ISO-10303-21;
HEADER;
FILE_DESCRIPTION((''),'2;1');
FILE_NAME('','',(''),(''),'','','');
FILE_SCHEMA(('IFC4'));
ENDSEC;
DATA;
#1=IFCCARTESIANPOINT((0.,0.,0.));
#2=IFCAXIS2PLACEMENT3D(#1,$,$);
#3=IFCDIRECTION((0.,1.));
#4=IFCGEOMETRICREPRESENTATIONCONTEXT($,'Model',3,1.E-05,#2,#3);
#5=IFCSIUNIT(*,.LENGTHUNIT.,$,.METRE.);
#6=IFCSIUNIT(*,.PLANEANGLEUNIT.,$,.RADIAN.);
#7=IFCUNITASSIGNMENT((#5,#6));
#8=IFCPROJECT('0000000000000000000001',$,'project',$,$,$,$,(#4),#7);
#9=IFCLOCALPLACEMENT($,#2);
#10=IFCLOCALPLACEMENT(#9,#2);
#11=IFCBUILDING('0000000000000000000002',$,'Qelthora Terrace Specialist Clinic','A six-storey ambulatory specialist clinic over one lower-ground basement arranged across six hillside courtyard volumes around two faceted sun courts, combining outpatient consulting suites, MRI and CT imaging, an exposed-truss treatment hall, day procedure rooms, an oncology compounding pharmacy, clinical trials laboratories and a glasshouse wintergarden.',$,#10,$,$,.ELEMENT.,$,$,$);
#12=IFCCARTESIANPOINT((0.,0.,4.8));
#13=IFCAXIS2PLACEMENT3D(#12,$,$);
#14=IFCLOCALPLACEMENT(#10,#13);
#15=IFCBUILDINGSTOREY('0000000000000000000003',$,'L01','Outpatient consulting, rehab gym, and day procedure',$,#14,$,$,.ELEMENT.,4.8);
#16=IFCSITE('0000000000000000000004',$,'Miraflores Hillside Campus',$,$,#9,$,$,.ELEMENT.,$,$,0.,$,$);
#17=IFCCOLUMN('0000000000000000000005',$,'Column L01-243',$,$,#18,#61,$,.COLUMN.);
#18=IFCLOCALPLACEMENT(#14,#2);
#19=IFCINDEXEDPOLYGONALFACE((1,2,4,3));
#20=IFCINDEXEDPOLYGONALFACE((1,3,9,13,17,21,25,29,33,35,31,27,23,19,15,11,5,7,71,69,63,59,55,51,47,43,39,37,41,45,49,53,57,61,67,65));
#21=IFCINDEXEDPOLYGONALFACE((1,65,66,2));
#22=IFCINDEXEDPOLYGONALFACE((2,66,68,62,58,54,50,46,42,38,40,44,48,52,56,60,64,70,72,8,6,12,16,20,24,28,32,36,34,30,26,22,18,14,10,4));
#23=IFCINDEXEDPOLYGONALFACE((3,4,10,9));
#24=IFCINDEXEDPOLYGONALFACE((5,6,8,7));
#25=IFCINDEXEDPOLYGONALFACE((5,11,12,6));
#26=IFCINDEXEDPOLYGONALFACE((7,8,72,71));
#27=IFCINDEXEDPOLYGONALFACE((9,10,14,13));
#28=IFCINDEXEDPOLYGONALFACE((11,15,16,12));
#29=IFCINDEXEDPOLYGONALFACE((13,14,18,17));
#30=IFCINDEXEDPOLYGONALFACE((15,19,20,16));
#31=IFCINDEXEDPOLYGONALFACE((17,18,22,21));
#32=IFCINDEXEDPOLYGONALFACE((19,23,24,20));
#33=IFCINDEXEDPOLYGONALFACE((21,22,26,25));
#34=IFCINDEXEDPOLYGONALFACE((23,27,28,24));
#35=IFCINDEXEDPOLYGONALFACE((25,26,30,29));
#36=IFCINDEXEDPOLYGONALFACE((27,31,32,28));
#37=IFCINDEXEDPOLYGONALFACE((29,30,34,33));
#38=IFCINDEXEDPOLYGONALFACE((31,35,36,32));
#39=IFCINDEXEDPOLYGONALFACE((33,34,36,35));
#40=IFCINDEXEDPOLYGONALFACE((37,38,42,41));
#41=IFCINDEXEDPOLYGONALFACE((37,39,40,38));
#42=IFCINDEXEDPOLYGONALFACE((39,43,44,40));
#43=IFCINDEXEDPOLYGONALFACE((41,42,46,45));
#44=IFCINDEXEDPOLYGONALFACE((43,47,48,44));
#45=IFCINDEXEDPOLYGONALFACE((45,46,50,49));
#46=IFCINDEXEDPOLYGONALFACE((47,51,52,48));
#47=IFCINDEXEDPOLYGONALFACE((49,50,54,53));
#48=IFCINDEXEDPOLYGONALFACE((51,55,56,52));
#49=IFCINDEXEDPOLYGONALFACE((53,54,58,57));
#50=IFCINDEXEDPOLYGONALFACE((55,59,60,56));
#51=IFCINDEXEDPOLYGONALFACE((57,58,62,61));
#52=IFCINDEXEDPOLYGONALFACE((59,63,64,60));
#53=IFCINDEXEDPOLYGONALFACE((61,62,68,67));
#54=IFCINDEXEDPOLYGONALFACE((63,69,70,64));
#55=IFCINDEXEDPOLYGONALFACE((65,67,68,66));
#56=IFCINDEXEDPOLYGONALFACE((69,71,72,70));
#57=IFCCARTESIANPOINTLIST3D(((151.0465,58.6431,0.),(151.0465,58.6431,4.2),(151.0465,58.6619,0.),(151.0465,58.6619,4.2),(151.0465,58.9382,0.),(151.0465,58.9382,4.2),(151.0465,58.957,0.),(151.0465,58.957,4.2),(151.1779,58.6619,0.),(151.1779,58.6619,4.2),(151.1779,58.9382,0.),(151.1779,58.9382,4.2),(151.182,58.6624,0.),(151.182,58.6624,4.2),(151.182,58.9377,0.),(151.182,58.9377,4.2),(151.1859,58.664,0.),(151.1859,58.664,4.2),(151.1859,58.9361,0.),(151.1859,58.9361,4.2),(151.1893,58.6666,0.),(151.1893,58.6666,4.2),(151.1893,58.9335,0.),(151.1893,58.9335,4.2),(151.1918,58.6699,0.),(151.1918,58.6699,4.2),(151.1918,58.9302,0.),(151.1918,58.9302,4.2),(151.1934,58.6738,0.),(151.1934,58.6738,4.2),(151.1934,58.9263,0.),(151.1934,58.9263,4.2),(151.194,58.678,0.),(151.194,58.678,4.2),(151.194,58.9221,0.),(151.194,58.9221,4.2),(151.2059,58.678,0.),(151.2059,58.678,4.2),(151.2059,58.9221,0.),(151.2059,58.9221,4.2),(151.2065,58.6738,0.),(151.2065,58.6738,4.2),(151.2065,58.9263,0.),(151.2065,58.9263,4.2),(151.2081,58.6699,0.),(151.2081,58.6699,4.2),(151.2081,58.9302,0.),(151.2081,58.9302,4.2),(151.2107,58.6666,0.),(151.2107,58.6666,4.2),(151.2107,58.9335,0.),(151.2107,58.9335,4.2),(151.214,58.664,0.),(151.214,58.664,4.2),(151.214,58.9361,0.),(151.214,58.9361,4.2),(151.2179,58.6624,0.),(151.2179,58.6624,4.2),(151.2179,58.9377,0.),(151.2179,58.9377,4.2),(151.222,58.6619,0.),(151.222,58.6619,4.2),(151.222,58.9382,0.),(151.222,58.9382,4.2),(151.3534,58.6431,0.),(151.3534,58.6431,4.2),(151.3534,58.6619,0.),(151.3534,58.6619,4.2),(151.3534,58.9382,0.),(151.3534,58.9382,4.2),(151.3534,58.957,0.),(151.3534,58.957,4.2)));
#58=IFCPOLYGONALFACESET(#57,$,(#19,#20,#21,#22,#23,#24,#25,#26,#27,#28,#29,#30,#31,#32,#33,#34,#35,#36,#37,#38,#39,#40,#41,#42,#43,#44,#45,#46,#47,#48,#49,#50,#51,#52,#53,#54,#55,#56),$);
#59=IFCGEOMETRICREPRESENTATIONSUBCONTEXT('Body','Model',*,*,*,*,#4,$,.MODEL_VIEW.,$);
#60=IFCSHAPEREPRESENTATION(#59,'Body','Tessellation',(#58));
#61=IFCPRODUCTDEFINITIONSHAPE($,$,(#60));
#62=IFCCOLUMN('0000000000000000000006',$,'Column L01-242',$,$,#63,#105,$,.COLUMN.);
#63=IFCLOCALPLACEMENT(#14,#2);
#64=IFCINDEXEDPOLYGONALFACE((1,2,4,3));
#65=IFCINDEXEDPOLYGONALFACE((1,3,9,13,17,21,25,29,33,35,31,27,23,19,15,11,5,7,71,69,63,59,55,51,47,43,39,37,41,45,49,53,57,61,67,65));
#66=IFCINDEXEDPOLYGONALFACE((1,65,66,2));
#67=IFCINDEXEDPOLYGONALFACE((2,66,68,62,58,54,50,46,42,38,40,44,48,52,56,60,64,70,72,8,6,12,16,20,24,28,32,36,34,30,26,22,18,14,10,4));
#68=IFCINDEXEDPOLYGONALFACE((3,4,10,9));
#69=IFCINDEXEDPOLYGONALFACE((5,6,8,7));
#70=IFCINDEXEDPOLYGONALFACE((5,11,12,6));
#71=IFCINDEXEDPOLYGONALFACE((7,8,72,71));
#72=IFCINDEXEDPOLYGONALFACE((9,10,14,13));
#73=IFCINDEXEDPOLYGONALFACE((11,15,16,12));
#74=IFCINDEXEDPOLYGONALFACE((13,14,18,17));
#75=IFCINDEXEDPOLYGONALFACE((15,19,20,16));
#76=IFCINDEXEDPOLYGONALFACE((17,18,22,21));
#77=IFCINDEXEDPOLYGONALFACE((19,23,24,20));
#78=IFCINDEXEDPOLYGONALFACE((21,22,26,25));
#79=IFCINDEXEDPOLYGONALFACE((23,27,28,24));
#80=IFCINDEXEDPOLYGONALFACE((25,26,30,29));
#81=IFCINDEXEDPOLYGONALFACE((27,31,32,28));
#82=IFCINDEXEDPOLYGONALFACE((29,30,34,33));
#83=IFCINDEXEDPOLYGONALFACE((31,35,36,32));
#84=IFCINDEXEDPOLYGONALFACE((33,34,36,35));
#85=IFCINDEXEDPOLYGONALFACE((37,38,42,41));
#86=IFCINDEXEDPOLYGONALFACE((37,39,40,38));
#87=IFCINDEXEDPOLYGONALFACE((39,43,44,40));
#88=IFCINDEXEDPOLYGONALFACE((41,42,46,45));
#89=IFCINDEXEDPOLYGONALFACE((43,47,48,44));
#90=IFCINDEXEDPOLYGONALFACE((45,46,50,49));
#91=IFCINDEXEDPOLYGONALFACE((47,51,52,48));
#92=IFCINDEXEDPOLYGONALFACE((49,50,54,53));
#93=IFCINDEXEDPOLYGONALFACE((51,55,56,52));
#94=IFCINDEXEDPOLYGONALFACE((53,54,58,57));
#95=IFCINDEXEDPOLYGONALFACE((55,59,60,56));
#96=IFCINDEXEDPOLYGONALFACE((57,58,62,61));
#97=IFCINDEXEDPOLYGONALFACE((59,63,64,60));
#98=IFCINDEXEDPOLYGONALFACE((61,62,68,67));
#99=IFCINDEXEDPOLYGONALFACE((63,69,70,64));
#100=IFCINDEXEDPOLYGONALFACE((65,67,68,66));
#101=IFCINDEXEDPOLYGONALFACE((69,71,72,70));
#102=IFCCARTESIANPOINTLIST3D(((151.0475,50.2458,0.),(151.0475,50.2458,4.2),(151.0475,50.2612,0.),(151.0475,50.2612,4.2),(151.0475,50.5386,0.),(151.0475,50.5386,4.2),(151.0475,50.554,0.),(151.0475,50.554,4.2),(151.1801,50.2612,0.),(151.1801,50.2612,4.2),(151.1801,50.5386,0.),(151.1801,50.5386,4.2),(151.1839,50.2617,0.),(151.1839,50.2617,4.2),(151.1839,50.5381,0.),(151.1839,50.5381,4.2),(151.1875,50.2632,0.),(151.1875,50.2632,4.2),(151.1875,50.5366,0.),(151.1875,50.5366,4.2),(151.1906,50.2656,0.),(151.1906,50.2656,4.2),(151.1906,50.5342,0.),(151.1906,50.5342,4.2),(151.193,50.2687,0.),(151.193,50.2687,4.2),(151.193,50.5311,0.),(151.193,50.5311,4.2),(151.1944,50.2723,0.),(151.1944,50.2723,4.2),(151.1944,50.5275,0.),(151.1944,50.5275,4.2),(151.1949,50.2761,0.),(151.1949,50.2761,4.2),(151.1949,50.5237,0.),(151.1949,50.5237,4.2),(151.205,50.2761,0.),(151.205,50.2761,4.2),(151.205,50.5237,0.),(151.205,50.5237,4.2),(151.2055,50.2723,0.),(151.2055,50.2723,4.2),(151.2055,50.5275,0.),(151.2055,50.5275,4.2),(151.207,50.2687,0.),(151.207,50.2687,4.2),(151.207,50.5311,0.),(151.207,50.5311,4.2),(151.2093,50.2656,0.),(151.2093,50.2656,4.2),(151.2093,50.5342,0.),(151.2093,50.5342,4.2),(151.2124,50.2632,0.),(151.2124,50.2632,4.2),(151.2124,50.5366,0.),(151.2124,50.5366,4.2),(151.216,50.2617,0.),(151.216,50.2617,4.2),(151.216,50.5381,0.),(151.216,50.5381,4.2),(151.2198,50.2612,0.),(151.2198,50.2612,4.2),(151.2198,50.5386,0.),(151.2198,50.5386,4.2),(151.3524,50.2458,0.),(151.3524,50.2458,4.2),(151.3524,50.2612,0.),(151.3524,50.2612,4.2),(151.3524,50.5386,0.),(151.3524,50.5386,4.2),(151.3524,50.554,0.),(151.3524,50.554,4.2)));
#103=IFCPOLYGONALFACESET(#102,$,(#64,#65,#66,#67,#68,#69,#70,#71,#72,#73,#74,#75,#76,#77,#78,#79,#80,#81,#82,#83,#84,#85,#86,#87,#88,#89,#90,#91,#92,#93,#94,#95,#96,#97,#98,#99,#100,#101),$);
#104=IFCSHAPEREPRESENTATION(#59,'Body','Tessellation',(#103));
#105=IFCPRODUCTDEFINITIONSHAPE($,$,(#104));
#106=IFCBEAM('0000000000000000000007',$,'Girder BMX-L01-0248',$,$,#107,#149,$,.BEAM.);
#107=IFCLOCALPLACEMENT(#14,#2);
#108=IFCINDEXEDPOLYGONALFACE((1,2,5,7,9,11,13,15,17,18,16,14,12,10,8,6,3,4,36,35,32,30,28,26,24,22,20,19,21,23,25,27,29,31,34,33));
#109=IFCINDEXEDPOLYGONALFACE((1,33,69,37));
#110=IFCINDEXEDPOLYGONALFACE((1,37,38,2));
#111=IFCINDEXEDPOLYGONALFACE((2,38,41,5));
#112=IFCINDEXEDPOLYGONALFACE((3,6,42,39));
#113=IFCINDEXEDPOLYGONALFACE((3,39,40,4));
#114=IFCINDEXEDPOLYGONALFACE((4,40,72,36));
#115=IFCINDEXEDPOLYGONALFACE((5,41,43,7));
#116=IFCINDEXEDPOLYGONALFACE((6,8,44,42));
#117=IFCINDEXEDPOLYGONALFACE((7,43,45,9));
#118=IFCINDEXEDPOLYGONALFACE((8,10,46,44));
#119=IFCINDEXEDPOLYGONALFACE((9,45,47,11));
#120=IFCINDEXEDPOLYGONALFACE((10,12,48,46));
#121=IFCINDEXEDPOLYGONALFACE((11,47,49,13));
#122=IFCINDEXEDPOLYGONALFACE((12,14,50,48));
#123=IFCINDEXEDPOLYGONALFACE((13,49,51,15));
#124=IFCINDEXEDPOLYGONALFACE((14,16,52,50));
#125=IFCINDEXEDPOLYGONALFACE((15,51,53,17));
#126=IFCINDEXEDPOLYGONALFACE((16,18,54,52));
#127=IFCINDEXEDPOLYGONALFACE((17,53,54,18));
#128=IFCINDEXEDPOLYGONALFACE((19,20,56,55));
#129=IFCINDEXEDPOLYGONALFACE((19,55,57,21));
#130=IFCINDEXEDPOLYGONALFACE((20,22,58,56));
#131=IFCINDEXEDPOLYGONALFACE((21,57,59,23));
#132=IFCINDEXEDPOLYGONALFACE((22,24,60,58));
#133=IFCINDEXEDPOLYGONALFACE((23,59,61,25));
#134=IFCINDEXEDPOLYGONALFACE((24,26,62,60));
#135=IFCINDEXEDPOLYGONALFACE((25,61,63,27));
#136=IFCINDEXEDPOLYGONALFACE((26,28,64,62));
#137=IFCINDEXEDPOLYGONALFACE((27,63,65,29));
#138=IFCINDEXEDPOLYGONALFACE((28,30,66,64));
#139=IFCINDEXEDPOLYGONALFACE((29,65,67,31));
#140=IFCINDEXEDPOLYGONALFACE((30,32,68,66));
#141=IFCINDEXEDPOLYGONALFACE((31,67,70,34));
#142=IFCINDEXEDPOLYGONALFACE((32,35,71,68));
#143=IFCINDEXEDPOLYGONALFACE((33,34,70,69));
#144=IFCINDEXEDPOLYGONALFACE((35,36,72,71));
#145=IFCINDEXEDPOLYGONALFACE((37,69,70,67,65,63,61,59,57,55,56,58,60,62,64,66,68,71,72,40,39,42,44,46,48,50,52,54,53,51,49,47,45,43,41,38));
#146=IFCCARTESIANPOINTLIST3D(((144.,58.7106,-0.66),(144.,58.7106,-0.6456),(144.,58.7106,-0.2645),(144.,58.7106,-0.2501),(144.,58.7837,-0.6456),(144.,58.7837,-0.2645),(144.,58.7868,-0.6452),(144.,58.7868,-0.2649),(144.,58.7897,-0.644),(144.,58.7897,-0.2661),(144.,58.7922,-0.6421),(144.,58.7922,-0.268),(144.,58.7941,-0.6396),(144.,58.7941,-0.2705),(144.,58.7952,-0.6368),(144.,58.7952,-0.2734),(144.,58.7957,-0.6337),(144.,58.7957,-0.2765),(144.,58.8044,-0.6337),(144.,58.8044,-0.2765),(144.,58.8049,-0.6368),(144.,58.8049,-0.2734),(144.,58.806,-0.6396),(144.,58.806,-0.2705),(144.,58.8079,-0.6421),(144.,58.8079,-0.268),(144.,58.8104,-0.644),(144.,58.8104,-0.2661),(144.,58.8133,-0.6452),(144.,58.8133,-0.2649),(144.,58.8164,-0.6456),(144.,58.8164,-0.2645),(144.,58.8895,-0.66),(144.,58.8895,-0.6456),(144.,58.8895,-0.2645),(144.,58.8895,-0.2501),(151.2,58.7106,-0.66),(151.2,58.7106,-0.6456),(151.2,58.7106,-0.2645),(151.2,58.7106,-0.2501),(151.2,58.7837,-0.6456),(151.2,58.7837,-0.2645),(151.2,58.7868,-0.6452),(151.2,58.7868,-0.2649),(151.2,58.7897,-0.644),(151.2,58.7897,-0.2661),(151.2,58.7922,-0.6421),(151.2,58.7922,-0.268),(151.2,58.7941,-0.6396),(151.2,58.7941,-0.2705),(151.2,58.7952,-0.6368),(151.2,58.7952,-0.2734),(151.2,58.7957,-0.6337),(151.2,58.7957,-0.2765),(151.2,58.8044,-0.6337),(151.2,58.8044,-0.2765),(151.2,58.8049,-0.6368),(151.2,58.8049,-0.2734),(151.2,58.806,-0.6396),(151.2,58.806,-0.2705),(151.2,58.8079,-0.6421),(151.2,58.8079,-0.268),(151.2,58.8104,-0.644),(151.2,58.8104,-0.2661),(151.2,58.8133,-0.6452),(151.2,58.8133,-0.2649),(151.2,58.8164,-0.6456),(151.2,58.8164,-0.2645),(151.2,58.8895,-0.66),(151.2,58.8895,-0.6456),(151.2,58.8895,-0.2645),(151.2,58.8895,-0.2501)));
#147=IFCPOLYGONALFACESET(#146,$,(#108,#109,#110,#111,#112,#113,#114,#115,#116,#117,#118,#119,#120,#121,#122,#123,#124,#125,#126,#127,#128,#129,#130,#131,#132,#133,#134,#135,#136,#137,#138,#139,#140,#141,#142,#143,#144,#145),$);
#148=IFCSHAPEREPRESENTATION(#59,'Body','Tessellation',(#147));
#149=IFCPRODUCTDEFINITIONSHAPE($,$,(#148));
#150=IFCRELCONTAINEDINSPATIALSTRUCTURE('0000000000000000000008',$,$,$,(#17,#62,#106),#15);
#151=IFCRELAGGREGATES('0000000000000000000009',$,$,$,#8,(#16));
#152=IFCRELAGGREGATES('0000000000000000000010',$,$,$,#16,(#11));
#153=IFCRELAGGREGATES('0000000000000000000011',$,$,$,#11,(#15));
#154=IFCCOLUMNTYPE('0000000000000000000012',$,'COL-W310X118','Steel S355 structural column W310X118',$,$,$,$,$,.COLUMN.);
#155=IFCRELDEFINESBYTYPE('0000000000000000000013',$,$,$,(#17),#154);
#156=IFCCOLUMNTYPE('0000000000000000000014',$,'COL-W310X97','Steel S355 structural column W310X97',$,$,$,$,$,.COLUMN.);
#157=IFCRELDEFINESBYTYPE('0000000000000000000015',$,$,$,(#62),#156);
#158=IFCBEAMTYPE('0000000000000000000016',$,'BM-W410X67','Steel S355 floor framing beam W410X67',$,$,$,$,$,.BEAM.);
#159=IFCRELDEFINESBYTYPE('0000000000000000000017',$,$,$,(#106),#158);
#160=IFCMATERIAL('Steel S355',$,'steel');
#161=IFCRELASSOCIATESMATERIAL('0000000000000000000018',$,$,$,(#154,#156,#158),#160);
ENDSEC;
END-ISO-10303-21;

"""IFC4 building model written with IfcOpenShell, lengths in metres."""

from ifc_helpers import new_model, si_unit, direction, frame, origin, origin_2d, place, context, subcontext, project, spatial, i_section, extrude, material, material_profile, profile_set, type_object, element, save


model = new_model("IFC4")

# Units and contexts
model_context = context("Model", 3, precision=1e-05, world=origin(), true_north=direction((0.0, 1.0)))
body_context = subcontext(model_context, "Body", "Model", "MODEL_VIEW")
ifc_project = project(units=[si_unit("LENGTHUNIT", "METRE"), si_unit("PLANEANGLEUNIT", "RADIAN")], contexts=[model_context])

# Site, building, storey
site_placement = place(None, origin())
site = spatial("IfcSite", under=ifc_project, at=site_placement, Name="Miraflores Hillside Campus", CompositionType="ELEMENT", RefElevation=0.0)
building_placement = place(site_placement, origin())
building = spatial("IfcBuilding", under=site, at=building_placement, Name="Qelthora Terrace Specialist Clinic", Description="A six-storey ambulatory specialist clinic over one lower-ground basement arranged across six hillside courtyard volumes around two faceted sun courts, combining outpatient consulting suites, MRI and CT imaging, an exposed-truss treatment hall, day procedure rooms, an oncology compounding pharmacy, clinical trials laboratories and a glasshouse wintergarden.", CompositionType="ELEMENT")
storey_placement = place(building_placement, frame((0.0, 0.0, 4.8)))
storey = spatial("IfcBuildingStorey", under=building, at=storey_placement, Name="L01", Description="Outpatient consulting, rehab gym, and day procedure", CompositionType="ELEMENT", Elevation=4.8)

# Columns
ifc_material_1 = material(Name="Steel S355", Category="steel")
ifc_material_profile_1 = material_profile(ifc_material_1, i_section(OverallWidth=0.3069, OverallDepth=0.314, WebThickness=0.012, FlangeThickness=0.0188, FilletRadius=0.0161, at=origin_2d()), Name="W310X118")
ifc_profile_set_1 = profile_set([ifc_material_profile_1], Name="Steel S355")
column_type_1 = type_object("IfcColumnType", Name="COL-W310X118", Description="Steel S355 structural column W310X118", PredefinedType="COLUMN", material=ifc_profile_set_1)
column_1_placement = place(storey_placement, frame((151.2, 58.8, 0.0), z_axis=(0.0, 0.0, 1.0), x_axis=(1.0, 0.0, 0.0)))
element("IfcColumn", 1, at=column_1_placement, inside=storey, type_object=column_type_1, Name="Column L01-243", PredefinedType="COLUMN", context=body_context, shape_type="SweptSolid", body=[
    extrude(i_section(OverallWidth=0.3069, OverallDepth=0.314, WebThickness=0.012, FlangeThickness=0.0188, FilletRadius=0.0161, at=origin_2d()), origin(), (0.0, 0.0, 1.0), 4.2),
])
ifc_material_profile_2 = material_profile(ifc_material_1, i_section(OverallWidth=0.3049, OverallDepth=0.3081, WebThickness=0.01, FlangeThickness=0.0154, FilletRadius=0.0149, at=origin_2d()), Name="W310X97")
ifc_profile_set_2 = profile_set([ifc_material_profile_2], Name="Steel S355")
column_type_2 = type_object("IfcColumnType", Name="COL-W310X97", Description="Steel S355 structural column W310X97", PredefinedType="COLUMN", material=ifc_profile_set_2)
column_2_placement = place(storey_placement, frame((151.2, 50.3999, 0.0), z_axis=(0.0, 0.0, 1.0), x_axis=(1.0, 0.0, 0.0)))
element("IfcColumn", 2, at=column_2_placement, inside=storey, type_object=column_type_2, Name="Column L01-242", PredefinedType="COLUMN", context=body_context, shape_type="SweptSolid", body=[
    extrude(i_section(OverallWidth=0.3049, OverallDepth=0.3081, WebThickness=0.01, FlangeThickness=0.0154, FilletRadius=0.0149, at=origin_2d()), origin(), (0.0, 0.0, 1.0), 4.2),
])

# Beam
ifc_material_profile_3 = material_profile(ifc_material_1, i_section(OverallWidth=0.179, OverallDepth=0.4099, WebThickness=0.0088, FlangeThickness=0.0144, FilletRadius=0.012, at=origin_2d()), Name="W410X67")
ifc_profile_set_3 = profile_set([ifc_material_profile_3], Name="Steel S355")
beam_type_1 = type_object("IfcBeamType", Name="BM-W410X67", Description="Steel S355 floor framing beam W410X67", PredefinedType="BEAM", material=ifc_profile_set_3)
beam_1_placement = place(storey_placement, frame((144.0, 58.8, -0.4551), z_axis=(1.0, 0.0, 0.0), x_axis=(0.0, 1.0, 0.0)))
element("IfcBeam", 3, at=beam_1_placement, inside=storey, type_object=beam_type_1, Name="Girder BMX-L01-0248", PredefinedType="BEAM", context=body_context, shape_type="SweptSolid", body=[
    extrude(i_section(OverallWidth=0.179, OverallDepth=0.4099, WebThickness=0.0088, FlangeThickness=0.0144, FilletRadius=0.012, at=origin_2d()), origin(), (0.0, 0.0, 1.0), 7.2),
])

save(model, "model.ifc")
